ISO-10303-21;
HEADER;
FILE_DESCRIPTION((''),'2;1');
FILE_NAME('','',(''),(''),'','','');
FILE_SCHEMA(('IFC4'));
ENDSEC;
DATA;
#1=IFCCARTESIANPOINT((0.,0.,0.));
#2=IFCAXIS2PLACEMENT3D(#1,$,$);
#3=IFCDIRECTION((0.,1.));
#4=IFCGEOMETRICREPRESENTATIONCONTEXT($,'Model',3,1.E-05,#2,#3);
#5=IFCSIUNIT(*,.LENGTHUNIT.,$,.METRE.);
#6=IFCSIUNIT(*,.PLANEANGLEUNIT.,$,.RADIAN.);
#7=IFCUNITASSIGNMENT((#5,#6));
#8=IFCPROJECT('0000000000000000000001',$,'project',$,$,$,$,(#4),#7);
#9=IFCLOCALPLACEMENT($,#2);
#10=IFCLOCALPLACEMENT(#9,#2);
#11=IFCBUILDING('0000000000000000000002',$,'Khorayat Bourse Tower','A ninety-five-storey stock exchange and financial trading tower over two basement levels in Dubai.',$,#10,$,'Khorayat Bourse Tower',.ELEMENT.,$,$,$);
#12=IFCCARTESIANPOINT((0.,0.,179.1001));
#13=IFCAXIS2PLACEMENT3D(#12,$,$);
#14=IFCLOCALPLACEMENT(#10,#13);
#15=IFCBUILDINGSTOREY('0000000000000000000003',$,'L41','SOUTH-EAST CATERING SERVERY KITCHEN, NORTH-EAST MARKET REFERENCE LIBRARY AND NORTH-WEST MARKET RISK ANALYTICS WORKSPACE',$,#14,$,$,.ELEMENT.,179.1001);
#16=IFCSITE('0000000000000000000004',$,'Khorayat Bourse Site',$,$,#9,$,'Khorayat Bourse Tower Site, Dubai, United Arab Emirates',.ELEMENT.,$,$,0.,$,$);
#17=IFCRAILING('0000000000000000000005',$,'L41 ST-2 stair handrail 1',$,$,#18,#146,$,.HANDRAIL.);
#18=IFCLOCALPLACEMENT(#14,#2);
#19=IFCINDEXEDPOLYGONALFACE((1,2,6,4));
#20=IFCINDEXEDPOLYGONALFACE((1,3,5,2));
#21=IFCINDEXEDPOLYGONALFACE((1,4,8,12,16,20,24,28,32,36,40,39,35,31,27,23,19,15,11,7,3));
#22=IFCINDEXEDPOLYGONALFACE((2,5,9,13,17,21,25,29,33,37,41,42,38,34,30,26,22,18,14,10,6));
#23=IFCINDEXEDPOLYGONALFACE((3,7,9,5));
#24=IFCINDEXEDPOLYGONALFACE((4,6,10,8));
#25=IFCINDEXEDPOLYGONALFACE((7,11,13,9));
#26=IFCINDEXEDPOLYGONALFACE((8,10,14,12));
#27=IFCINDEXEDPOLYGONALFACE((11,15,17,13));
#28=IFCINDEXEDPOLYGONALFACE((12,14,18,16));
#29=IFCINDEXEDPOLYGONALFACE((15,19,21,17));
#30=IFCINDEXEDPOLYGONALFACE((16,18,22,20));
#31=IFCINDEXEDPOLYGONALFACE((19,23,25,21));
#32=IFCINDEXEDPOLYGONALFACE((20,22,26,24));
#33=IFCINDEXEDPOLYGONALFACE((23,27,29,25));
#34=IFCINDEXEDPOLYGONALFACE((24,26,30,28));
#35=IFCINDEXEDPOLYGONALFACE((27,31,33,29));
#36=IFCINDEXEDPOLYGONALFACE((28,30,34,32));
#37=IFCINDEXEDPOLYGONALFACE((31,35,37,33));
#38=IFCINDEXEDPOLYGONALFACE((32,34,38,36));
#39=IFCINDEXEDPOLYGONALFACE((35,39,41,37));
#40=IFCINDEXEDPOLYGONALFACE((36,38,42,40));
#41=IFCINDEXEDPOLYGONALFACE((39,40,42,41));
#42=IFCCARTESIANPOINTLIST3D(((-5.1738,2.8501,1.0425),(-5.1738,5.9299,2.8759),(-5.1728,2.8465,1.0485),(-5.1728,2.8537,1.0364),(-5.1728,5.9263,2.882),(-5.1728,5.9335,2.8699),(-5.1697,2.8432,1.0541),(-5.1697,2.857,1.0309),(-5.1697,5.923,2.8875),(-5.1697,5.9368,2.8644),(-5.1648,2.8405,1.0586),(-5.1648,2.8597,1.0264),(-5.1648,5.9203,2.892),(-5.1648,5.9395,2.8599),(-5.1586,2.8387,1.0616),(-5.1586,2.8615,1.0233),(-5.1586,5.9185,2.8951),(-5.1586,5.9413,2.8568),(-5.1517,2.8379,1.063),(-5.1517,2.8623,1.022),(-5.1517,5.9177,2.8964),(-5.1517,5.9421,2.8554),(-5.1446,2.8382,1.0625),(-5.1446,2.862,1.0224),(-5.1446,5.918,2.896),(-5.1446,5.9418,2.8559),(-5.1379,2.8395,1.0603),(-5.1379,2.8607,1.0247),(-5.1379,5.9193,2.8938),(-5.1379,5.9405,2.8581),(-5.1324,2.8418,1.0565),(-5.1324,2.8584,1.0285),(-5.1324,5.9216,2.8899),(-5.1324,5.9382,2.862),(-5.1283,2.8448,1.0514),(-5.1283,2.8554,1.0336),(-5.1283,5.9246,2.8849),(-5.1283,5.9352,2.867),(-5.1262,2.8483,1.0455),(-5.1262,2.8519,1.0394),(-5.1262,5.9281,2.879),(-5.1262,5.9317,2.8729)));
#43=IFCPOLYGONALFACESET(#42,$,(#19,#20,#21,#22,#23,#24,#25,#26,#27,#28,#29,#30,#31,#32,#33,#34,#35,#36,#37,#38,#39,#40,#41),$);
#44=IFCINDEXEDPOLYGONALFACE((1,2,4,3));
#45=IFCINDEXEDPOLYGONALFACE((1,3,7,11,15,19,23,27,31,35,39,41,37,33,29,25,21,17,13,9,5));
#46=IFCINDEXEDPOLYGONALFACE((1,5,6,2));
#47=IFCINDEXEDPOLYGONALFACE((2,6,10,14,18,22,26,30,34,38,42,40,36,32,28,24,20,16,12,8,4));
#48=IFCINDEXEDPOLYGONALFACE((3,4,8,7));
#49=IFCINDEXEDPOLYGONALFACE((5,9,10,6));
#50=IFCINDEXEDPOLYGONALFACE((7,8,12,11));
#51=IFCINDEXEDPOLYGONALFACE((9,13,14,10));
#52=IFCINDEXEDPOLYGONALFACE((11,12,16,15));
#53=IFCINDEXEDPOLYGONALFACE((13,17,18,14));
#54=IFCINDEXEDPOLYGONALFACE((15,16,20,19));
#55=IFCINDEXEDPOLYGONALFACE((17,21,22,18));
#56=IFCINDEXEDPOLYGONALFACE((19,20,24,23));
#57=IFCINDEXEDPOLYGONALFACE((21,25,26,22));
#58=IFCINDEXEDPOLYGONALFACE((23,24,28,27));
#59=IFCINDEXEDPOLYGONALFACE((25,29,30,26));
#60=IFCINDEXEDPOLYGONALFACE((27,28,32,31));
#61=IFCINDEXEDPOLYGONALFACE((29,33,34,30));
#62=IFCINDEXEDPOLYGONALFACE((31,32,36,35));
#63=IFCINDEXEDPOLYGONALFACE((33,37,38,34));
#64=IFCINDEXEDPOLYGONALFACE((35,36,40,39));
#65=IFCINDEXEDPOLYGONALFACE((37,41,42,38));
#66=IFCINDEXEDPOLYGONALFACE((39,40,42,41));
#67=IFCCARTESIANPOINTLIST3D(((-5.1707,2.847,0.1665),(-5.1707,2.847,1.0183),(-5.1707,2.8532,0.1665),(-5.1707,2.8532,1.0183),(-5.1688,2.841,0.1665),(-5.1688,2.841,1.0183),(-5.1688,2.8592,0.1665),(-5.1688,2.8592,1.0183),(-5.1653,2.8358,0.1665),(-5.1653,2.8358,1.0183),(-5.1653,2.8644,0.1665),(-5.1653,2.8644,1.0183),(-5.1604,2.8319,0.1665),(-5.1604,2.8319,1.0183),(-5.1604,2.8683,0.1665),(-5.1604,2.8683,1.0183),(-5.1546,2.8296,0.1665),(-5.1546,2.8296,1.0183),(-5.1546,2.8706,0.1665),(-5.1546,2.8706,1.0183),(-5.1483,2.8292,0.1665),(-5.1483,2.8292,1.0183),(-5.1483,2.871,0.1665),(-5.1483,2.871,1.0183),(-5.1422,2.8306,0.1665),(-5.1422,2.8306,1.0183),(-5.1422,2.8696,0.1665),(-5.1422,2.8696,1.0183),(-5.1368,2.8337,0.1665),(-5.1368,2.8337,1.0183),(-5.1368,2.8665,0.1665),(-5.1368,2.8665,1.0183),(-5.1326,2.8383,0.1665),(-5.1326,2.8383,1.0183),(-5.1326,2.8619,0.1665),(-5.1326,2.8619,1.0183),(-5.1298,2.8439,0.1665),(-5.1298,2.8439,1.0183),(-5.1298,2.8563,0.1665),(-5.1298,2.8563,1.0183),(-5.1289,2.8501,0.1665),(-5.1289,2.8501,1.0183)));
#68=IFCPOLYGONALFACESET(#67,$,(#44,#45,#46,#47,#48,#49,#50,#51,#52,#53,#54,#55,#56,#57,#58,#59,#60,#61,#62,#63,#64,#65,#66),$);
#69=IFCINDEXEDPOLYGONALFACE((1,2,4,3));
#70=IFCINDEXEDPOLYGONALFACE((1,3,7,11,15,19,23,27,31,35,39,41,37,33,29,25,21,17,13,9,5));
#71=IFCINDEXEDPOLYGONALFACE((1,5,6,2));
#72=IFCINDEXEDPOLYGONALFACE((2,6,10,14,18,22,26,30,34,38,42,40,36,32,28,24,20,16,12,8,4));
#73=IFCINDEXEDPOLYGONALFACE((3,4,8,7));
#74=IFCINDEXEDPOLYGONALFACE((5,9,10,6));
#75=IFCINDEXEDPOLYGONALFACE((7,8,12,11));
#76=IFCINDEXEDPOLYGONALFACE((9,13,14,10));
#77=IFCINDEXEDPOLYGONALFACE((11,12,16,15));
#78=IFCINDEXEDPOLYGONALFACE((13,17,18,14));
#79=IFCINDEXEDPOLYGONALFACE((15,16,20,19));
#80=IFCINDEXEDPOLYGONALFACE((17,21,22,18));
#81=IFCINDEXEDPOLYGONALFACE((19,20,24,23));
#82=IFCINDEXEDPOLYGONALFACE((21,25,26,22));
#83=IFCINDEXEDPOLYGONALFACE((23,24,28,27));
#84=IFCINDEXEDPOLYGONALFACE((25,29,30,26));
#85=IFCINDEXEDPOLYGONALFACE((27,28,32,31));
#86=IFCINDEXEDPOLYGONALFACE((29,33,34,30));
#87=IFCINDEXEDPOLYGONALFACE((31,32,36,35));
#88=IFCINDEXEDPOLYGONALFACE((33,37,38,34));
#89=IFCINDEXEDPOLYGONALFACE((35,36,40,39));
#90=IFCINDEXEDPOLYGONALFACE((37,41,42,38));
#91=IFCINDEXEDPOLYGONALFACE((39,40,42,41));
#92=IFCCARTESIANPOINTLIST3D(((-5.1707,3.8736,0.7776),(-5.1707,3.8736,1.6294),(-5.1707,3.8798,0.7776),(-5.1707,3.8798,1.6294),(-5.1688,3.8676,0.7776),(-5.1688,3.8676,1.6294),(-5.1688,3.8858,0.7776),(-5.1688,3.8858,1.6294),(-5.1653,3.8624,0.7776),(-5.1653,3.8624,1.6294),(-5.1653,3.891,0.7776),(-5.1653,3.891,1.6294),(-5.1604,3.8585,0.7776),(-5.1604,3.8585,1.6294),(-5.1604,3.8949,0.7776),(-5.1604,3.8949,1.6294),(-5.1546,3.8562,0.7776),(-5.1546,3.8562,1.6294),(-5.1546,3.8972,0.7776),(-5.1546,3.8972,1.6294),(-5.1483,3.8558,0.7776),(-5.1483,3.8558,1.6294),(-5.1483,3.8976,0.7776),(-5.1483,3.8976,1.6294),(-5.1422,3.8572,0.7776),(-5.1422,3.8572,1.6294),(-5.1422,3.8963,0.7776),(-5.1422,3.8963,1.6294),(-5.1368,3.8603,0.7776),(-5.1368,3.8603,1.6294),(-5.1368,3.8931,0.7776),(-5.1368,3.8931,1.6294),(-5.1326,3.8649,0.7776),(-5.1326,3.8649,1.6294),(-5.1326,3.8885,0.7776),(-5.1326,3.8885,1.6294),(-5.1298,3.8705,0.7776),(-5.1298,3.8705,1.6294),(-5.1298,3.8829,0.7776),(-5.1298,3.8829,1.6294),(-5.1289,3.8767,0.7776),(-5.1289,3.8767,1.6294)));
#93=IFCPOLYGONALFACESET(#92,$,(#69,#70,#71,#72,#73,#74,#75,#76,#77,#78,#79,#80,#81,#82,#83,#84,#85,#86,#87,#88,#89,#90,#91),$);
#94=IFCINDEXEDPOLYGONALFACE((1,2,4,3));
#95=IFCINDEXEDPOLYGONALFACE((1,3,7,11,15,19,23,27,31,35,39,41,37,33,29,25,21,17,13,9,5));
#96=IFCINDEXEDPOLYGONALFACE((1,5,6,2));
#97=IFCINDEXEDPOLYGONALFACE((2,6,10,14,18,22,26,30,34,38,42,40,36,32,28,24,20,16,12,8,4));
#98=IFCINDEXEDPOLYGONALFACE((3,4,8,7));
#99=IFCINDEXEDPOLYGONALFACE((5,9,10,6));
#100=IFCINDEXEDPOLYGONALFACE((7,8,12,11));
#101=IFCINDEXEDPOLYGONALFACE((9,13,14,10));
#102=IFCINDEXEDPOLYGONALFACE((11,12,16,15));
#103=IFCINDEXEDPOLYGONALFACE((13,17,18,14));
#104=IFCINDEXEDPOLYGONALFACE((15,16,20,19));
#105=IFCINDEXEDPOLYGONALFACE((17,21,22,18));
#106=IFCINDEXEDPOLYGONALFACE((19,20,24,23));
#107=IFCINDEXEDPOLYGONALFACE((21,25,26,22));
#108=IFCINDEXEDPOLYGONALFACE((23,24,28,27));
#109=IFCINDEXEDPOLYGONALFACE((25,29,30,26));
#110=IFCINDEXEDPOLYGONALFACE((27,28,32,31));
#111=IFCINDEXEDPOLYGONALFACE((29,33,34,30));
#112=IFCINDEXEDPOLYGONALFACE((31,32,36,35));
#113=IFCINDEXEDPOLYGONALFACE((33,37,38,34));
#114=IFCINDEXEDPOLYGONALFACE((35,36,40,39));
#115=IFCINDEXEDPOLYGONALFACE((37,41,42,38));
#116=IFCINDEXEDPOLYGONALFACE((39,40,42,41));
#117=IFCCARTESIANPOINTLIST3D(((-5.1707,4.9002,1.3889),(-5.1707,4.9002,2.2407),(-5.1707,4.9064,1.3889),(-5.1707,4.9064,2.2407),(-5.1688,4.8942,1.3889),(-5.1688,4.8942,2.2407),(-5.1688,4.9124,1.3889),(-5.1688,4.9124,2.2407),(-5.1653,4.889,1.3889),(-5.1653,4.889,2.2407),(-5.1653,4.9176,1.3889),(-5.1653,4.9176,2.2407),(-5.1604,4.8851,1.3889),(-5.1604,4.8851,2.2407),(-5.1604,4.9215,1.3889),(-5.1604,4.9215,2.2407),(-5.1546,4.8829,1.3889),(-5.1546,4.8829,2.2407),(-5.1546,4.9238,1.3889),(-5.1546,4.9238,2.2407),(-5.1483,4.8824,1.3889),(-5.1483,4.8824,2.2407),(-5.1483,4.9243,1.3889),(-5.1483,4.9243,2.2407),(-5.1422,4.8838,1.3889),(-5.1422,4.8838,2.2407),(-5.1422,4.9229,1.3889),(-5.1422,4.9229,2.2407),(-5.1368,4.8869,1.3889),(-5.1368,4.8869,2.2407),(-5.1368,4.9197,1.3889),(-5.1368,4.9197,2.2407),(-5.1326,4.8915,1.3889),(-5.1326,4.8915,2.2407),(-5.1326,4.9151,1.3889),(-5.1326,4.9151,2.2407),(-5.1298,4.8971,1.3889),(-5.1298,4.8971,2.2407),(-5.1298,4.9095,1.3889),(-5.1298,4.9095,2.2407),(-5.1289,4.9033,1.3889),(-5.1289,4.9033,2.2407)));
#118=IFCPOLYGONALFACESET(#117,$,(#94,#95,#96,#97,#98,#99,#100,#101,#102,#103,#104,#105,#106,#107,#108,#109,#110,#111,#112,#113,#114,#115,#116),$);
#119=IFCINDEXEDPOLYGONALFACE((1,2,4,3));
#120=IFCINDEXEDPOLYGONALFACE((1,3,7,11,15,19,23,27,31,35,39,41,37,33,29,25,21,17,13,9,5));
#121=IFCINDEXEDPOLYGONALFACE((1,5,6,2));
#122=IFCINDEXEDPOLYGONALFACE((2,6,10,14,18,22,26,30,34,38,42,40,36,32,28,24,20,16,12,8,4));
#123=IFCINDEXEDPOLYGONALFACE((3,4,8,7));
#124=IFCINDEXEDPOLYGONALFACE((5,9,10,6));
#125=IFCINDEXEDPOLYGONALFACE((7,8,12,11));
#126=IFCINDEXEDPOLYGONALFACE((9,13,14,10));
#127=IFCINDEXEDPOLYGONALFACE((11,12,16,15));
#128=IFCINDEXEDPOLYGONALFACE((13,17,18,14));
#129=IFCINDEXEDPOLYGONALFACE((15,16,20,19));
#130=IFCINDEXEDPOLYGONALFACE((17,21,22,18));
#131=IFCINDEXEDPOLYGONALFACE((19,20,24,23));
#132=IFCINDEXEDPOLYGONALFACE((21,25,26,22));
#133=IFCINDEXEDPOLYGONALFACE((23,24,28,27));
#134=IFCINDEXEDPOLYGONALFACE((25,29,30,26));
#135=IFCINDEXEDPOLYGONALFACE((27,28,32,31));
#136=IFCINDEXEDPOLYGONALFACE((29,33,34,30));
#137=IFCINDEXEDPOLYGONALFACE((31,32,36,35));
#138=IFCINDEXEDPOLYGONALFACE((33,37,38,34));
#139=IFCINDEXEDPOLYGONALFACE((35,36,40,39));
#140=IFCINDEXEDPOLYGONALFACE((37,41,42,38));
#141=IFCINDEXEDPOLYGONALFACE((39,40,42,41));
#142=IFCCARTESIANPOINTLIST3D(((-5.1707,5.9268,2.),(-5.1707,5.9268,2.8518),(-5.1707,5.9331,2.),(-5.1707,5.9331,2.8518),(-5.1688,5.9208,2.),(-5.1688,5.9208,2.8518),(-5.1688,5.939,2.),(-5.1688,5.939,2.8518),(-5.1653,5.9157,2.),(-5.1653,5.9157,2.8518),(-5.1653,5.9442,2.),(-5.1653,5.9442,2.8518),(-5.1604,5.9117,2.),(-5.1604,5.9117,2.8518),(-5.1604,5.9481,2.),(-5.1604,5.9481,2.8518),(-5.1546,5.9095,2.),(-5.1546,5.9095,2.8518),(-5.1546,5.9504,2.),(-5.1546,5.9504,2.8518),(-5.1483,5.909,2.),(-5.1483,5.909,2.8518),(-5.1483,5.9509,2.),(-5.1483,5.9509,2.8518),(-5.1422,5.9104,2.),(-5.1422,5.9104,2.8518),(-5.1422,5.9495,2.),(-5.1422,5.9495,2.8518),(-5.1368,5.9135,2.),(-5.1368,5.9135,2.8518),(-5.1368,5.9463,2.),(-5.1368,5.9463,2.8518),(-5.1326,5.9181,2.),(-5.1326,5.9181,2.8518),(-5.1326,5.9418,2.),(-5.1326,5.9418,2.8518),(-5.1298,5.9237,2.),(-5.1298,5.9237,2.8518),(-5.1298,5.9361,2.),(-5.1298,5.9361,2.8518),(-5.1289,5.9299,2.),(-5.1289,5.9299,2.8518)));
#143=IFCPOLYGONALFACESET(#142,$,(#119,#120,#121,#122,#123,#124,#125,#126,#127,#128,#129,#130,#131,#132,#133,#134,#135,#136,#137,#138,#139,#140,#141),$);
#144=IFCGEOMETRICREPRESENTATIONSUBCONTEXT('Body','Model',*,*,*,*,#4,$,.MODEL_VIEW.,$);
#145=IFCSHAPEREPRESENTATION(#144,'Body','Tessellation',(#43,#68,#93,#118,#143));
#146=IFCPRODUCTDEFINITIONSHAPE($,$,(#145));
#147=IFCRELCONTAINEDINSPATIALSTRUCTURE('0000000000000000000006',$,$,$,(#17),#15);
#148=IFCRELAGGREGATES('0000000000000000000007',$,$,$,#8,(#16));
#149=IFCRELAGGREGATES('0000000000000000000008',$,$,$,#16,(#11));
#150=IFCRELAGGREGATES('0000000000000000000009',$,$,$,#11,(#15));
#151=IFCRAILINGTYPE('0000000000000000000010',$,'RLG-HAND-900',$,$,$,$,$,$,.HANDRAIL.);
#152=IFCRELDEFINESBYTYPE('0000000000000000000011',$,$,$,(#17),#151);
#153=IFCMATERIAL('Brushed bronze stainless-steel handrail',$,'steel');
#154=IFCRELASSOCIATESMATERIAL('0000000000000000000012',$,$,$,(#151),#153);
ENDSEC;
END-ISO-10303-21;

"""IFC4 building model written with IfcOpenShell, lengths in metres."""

from ifc_helpers import new_model, si_unit, direction, frame, origin, origin_2d, place, context, subcontext, project, spatial, circle, extrude, source, transform, mapped, material, type_object, element, save


model = new_model("IFC4")

# Units and contexts
model_context = context("Model", 3, precision=1e-05, world=origin(), true_north=direction((0.0, 1.0)))
body_context = subcontext(model_context, "Body", "Model", "MODEL_VIEW")
ifc_project = project(units=[si_unit("LENGTHUNIT", "METRE"), si_unit("PLANEANGLEUNIT", "RADIAN")], contexts=[model_context])

# Site, building, storey
site_placement = place(None, origin())
site = spatial("IfcSite", under=ifc_project, at=site_placement, Name="Khorayat Bourse Site", LongName="Khorayat Bourse Tower Site, Dubai, United Arab Emirates", CompositionType="ELEMENT", RefElevation=0.0)
building_placement = place(site_placement, origin())
building = spatial("IfcBuilding", under=site, at=building_placement, Name="Khorayat Bourse Tower", Description="A ninety-five-storey stock exchange and financial trading tower over two basement levels in Dubai.", LongName="Khorayat Bourse Tower", CompositionType="ELEMENT")
storey_placement = place(building_placement, frame((0.0, 0.0, 179.1001)))
storey = spatial("IfcBuildingStorey", under=building, at=storey_placement, Name="L41", Description="SOUTH-EAST CATERING SERVERY KITCHEN, NORTH-EAST MARKET REFERENCE LIBRARY AND NORTH-WEST MARKET RISK ANALYTICS WORKSPACE", CompositionType="ELEMENT", Elevation=179.1001)

# Railing
ifc_material_1 = material(Name="Brushed bronze stainless-steel handrail", Category="steel")
railing_type_1 = type_object("IfcRailingType", Name="RLG-HAND-900", PredefinedType="HANDRAIL", material=ifc_material_1)
shared_shape_1 = source(origin(), body_context, "Body", "SweptSolid", [
    extrude(circle(Radius=0.0239, at=origin_2d()), frame((0.0, 0.0, 0.876), z_axis=(0.0, 0.859261, 0.511538), x_axis=(-1.0, 0.0, 0.0)), (0.0, 0.0, 1.0), 3.5842),
    extrude(circle(Radius=0.021, at=origin_2d()), origin(), (0.0, 0.0, 1.0), 0.8518),
    extrude(circle(Radius=0.021, at=origin_2d()), frame((0.0, 1.0266, 0.6111)), (0.0, 0.0, 1.0), 0.8518),
    extrude(circle(Radius=0.021, at=origin_2d()), frame((0.0, 2.0532, 1.2224)), (0.0, 0.0, 1.0), 0.8518),
    extrude(circle(Radius=0.021, at=origin_2d()), frame((0.0, 3.0798, 1.8335)), (0.0, 0.0, 1.0), 0.8518),
])
railing_1_placement = place(storey_placement, frame((-5.1499, 2.8501, 0.1665)))
element("IfcRailing", 1, at=railing_1_placement, inside=storey, type_object=railing_type_1, Name="L41 ST-2 stair handrail 1", PredefinedType="HANDRAIL", context=body_context, shape_type="MappedRepresentation", body=[
    mapped(shared_shape_1, transform((0.0, 0.0, 0.0), scale=1.0)),
])

save(model, "model.ifc")
